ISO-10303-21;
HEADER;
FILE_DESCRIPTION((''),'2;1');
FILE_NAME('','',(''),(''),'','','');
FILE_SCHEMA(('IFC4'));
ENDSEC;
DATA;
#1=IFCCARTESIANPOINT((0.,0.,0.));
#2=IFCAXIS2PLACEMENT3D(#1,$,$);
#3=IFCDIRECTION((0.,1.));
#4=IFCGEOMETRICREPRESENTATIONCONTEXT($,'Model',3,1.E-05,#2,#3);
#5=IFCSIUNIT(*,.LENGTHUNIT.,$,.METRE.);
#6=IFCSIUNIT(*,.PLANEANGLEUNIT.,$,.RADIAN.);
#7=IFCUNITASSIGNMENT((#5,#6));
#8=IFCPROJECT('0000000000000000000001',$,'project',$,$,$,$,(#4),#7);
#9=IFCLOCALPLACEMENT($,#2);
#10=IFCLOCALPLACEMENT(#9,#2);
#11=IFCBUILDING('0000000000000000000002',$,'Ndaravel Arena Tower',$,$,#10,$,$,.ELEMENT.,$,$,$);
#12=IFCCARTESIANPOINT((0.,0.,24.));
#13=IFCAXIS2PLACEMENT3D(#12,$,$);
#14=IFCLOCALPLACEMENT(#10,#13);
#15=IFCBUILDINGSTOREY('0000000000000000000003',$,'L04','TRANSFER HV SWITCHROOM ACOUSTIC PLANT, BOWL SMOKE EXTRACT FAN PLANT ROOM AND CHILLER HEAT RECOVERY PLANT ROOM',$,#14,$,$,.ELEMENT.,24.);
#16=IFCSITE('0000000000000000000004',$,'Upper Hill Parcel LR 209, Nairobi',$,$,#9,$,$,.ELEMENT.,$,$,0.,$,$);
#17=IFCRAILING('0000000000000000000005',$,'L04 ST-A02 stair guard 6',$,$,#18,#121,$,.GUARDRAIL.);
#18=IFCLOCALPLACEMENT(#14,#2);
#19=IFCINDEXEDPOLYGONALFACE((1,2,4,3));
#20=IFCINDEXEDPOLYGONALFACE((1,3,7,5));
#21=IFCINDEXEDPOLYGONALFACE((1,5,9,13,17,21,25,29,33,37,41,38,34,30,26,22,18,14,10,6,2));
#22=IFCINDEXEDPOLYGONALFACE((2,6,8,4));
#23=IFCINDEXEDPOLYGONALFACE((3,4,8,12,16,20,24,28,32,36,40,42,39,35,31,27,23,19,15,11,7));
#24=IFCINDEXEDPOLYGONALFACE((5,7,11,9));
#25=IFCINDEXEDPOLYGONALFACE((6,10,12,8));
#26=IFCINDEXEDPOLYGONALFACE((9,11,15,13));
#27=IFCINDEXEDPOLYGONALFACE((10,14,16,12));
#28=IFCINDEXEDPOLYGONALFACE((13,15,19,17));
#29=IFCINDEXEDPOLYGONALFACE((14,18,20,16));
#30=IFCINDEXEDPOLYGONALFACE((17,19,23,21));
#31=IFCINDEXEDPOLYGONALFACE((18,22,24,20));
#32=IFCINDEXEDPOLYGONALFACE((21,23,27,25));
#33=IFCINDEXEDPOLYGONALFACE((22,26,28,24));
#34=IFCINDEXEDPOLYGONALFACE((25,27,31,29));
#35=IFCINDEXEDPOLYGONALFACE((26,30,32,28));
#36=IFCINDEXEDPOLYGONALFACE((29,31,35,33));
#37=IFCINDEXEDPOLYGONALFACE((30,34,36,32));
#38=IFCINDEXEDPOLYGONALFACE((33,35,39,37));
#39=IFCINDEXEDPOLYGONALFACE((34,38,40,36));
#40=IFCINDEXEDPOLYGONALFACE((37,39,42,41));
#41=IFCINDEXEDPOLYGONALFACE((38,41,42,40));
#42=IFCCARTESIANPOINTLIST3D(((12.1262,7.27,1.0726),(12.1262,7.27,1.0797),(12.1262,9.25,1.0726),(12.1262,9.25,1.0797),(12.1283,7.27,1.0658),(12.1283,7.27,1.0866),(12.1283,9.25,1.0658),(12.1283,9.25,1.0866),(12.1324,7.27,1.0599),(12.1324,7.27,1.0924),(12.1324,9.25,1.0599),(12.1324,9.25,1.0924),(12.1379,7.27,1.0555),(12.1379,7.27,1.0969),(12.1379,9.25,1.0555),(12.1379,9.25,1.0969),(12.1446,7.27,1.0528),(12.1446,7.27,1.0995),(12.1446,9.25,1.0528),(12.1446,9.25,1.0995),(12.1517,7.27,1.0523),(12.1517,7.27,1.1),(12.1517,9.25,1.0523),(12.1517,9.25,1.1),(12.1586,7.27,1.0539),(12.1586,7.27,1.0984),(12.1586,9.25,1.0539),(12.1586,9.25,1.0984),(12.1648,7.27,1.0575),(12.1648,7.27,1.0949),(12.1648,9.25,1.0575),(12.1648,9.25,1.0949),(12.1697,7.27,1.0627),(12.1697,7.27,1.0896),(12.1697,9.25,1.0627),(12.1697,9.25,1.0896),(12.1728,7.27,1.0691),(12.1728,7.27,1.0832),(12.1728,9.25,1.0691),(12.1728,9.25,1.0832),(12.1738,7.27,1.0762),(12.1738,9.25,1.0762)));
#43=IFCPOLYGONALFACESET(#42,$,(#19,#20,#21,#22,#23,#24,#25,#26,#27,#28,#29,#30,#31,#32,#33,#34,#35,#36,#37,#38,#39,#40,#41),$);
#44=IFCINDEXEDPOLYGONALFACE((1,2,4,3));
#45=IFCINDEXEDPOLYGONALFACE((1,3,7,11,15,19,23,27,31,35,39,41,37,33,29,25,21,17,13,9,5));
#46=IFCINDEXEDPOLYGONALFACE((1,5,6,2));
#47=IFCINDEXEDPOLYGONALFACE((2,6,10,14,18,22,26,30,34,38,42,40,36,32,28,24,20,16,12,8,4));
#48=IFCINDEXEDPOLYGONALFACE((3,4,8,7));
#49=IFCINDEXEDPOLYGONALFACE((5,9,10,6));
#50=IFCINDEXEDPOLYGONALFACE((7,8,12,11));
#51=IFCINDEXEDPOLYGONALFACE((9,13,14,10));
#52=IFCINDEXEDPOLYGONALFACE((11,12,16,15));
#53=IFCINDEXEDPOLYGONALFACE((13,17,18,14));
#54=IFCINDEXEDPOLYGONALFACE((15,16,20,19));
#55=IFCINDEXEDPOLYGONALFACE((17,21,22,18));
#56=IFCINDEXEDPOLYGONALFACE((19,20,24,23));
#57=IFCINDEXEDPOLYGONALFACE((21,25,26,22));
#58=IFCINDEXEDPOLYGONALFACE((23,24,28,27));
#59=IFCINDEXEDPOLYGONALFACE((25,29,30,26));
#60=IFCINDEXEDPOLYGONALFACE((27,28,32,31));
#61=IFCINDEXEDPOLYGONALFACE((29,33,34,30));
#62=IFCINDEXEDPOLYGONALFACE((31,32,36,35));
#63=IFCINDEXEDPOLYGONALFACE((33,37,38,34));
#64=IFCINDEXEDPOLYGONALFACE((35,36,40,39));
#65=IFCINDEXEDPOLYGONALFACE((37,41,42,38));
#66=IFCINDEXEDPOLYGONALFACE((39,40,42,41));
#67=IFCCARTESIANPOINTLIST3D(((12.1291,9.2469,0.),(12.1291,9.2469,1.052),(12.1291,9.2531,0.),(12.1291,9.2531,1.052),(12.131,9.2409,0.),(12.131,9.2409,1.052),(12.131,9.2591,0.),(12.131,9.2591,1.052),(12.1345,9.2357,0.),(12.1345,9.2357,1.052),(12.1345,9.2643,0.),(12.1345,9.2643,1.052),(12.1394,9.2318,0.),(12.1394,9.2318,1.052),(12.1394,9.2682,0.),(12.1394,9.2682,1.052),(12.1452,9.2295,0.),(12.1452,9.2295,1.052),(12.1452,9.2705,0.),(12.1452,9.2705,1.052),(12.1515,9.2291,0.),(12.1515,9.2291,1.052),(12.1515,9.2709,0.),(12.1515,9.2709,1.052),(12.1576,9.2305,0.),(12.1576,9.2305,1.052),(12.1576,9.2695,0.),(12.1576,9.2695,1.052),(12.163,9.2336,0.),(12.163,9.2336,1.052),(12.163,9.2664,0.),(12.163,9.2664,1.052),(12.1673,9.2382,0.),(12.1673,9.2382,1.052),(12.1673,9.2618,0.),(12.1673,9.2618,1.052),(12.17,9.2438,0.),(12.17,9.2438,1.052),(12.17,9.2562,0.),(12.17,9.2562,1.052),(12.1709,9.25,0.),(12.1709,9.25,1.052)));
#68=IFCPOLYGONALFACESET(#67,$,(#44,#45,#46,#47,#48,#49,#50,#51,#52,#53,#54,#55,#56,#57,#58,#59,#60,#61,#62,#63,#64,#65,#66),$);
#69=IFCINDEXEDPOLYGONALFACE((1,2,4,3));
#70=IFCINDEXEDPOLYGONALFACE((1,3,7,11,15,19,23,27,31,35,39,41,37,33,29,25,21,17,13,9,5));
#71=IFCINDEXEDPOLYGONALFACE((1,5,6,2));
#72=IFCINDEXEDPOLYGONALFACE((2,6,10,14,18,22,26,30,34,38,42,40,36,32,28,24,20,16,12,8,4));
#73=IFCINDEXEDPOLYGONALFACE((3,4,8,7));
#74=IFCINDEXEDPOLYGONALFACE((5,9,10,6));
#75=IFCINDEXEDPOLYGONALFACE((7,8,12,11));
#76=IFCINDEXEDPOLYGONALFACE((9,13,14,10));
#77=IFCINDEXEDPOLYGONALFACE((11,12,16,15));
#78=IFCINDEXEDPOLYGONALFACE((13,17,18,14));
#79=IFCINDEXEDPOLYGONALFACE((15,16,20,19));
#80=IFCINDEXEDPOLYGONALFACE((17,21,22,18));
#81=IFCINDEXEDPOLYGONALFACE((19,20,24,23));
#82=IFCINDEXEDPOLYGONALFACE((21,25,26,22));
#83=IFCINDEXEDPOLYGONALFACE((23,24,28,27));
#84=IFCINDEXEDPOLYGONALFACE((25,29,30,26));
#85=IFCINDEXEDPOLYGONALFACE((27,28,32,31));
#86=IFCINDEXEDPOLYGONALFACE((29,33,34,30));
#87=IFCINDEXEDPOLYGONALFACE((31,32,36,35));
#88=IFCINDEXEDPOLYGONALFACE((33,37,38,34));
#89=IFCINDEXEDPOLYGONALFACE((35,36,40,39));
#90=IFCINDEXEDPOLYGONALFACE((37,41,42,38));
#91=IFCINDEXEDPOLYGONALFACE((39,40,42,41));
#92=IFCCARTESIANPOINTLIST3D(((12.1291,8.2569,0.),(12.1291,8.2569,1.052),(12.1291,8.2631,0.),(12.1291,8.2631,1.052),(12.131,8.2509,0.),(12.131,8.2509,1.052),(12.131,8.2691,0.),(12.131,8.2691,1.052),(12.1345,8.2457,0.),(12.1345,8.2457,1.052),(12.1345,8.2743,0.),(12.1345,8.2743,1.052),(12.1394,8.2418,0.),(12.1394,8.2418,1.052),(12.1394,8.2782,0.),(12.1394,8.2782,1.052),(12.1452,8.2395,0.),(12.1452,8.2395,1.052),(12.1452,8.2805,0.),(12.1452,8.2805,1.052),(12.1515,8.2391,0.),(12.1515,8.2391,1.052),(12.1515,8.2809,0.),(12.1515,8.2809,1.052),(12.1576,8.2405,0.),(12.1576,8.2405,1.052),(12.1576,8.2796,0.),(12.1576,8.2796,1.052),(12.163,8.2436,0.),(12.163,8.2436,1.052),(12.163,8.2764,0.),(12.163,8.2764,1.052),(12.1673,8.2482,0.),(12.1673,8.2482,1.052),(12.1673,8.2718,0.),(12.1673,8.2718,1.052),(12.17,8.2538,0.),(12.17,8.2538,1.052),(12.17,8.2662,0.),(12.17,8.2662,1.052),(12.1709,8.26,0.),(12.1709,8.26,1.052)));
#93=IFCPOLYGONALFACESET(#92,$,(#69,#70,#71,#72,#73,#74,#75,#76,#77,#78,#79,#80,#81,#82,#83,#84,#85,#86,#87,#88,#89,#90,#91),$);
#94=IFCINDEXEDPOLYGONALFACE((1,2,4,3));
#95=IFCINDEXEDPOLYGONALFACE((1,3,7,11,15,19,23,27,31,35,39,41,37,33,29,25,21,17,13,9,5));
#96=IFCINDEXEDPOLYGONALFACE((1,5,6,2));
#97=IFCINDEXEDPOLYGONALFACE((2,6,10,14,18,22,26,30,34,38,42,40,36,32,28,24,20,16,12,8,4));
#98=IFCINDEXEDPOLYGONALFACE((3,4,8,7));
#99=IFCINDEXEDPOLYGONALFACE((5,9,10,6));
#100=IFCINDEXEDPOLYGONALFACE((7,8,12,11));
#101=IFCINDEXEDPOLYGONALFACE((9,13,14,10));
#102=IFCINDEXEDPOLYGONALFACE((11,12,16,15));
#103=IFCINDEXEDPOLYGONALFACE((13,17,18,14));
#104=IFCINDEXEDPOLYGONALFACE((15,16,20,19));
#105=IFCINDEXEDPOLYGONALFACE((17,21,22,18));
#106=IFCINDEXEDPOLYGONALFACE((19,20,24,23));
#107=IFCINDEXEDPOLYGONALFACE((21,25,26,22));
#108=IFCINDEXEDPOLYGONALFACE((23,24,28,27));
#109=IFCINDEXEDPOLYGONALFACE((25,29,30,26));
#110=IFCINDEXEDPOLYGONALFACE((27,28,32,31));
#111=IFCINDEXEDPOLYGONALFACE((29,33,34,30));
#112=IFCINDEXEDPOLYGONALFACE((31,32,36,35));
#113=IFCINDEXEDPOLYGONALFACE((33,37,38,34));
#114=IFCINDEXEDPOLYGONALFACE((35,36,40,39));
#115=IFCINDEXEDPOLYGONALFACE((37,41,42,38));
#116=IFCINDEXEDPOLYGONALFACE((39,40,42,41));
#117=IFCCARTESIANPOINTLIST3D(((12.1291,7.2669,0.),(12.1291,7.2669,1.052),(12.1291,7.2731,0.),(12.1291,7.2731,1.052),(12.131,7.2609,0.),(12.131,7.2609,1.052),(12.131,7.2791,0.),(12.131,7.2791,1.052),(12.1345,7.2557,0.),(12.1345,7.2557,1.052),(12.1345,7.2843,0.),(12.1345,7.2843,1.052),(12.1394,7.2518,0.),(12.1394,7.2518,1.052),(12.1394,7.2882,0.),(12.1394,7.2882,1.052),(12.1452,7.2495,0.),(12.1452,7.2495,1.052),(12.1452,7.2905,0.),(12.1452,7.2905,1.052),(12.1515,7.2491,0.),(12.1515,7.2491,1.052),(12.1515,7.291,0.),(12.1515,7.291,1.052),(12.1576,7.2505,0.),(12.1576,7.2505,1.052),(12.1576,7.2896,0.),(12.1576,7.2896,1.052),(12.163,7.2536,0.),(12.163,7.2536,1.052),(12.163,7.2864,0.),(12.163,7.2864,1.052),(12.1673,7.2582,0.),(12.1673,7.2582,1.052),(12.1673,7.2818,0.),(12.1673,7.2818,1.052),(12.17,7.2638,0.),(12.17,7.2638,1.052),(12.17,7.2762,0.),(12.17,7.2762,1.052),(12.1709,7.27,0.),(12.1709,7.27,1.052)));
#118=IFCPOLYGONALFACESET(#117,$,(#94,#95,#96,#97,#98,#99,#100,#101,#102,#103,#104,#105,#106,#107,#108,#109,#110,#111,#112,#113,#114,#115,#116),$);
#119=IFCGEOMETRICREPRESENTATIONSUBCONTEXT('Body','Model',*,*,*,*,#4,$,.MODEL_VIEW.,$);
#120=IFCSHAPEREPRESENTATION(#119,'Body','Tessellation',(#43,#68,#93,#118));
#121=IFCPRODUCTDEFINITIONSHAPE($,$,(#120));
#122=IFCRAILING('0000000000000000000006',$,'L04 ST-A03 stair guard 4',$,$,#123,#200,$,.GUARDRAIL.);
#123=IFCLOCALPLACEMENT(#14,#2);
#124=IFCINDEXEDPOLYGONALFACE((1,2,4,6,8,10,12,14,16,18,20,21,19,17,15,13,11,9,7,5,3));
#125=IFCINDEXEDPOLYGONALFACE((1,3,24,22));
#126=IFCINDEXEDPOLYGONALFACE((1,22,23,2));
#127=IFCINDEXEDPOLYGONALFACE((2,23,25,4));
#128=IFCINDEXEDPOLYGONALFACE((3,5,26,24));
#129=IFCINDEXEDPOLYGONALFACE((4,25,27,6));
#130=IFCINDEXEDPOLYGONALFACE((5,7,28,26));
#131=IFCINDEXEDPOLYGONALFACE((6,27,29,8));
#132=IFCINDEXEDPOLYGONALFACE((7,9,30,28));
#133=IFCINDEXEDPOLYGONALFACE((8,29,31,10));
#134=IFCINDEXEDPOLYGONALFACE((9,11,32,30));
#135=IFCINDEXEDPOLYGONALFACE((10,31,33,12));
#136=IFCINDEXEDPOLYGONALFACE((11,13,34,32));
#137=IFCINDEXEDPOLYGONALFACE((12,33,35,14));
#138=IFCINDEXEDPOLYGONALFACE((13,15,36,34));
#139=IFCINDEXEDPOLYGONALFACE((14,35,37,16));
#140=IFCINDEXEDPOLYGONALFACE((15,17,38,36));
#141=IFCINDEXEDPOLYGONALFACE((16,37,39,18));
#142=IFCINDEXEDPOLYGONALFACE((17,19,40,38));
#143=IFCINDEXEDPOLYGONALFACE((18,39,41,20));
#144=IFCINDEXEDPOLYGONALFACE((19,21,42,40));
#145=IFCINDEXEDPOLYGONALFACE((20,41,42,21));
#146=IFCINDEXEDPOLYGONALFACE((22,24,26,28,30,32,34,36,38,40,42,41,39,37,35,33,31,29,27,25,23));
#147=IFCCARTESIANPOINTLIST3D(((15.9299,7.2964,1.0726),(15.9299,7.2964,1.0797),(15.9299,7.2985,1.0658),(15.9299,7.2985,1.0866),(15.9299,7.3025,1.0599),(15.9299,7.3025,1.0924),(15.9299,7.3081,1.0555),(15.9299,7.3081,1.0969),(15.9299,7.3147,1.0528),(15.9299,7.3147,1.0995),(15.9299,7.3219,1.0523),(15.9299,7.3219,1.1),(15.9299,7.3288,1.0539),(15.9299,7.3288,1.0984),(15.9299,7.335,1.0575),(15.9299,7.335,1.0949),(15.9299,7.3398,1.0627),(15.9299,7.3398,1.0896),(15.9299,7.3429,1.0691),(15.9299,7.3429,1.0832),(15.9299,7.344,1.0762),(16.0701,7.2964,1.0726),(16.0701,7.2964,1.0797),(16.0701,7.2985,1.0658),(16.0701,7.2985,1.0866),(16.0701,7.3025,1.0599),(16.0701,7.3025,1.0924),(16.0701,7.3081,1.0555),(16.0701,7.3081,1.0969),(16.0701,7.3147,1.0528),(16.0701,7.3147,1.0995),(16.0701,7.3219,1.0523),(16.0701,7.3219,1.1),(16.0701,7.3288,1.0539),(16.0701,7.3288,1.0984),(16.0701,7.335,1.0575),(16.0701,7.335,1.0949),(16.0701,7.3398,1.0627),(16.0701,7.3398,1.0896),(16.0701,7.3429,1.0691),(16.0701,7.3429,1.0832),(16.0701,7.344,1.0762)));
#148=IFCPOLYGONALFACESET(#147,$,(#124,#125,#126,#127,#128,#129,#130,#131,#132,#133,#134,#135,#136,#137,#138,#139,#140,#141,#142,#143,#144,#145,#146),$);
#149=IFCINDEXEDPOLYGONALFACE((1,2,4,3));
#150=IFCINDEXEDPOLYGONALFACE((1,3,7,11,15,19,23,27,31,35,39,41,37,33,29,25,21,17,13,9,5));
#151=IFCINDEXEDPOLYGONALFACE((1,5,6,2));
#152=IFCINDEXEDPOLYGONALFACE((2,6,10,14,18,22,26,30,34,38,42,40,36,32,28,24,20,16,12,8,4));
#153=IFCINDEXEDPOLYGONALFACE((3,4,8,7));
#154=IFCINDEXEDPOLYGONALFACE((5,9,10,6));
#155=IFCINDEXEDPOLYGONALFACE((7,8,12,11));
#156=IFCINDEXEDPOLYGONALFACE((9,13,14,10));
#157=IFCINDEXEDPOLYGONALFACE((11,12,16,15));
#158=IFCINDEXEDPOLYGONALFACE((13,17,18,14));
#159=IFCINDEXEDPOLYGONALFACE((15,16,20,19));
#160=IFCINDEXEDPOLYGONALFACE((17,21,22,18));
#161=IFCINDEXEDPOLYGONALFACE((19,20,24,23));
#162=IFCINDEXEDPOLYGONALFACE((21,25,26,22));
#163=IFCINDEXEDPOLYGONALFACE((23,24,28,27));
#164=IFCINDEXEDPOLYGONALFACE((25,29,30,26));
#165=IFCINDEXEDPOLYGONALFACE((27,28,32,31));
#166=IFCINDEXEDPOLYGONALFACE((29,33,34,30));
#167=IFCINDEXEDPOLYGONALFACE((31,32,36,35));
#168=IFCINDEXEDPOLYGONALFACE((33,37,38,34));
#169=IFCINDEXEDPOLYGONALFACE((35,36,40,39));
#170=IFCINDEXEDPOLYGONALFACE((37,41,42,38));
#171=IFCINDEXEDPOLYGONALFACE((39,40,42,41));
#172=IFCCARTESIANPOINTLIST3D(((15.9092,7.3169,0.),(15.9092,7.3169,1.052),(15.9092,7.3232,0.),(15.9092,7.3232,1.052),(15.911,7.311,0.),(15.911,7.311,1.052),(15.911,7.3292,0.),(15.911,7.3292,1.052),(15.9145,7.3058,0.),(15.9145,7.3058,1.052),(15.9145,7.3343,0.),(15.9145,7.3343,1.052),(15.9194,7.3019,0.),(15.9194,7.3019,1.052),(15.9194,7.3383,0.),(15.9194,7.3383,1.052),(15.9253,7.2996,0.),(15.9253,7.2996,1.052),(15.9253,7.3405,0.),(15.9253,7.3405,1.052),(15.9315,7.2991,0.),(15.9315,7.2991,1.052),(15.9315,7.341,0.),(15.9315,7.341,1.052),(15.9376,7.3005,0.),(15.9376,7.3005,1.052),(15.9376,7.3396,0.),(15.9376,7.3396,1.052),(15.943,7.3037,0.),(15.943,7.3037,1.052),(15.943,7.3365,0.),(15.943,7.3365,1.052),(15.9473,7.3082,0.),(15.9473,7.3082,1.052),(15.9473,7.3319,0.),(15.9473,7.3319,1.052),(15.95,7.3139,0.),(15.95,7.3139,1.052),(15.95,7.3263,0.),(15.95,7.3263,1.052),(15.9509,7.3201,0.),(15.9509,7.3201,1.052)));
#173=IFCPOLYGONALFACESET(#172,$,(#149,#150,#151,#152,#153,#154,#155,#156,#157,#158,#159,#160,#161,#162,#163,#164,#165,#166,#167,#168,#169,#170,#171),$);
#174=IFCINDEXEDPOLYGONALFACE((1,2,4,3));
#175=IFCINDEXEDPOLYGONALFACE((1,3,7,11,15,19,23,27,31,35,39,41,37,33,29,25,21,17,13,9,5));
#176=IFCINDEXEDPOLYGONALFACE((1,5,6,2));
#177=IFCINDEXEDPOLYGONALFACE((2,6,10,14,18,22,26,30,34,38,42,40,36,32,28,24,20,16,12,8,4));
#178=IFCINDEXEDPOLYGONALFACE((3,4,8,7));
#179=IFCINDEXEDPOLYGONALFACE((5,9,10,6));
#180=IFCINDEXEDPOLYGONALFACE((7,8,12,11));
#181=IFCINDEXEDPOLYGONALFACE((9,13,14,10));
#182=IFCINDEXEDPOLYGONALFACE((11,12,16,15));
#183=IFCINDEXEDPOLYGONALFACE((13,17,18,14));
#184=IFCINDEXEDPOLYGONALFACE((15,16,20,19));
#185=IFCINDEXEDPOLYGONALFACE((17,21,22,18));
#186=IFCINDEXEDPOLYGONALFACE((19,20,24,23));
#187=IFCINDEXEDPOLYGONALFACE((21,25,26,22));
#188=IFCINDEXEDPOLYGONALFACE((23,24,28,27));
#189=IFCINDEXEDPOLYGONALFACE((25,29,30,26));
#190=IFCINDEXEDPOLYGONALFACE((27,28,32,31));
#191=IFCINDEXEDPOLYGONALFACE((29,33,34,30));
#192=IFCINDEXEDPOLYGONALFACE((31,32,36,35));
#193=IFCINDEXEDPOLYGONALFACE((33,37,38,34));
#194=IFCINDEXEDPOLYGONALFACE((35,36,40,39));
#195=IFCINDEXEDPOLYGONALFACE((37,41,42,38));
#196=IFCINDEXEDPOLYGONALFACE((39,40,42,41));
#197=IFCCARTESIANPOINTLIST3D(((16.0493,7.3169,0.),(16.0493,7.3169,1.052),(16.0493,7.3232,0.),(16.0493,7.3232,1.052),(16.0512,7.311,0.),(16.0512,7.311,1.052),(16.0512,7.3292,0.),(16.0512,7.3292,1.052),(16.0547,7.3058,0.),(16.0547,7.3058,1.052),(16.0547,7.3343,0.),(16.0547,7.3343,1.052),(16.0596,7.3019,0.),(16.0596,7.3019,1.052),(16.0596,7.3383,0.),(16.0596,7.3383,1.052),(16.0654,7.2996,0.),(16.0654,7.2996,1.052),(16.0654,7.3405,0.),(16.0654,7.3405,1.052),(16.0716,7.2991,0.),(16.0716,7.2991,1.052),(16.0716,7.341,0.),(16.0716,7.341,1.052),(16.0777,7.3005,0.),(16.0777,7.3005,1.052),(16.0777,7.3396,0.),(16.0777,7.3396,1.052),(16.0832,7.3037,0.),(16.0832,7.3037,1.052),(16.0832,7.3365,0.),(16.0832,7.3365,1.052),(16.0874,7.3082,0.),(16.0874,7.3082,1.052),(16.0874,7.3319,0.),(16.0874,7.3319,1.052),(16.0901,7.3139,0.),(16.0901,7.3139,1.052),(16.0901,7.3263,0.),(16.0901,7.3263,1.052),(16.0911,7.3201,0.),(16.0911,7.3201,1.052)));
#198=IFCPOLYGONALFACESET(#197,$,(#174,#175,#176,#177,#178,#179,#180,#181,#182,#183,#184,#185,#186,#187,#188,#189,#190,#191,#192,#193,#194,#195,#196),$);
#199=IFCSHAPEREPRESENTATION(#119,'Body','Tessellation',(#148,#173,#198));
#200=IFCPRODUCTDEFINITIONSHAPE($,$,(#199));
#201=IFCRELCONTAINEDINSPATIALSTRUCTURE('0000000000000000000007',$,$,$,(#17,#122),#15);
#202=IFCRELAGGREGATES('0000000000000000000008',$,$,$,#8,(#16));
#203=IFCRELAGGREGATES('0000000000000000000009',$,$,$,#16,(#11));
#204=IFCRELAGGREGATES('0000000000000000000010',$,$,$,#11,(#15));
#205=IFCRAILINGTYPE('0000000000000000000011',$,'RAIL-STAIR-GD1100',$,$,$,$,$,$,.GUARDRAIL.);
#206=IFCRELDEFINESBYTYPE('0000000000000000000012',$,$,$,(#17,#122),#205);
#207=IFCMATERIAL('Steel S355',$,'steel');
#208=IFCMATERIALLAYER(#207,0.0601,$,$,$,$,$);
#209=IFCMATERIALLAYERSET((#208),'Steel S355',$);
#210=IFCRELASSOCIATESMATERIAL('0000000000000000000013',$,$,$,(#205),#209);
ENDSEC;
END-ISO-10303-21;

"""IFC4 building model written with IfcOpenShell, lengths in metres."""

from ifc_helpers import new_model, si_unit, direction, frame, origin, origin_2d, place, context, subcontext, project, spatial, circle, extrude, material, layer, layer_set, type_object, element, save


model = new_model("IFC4")

# Units and contexts
model_context = context("Model", 3, precision=1e-05, world=origin(), true_north=direction((0.0, 1.0)))
body_context = subcontext(model_context, "Body", "Model", "MODEL_VIEW")
ifc_project = project(units=[si_unit("LENGTHUNIT", "METRE"), si_unit("PLANEANGLEUNIT", "RADIAN")], contexts=[model_context])

# Site, building, storey
site_placement = place(None, origin())
site = spatial("IfcSite", under=ifc_project, at=site_placement, Name="Upper Hill Parcel LR 209, Nairobi", CompositionType="ELEMENT", RefElevation=0.0)
building_placement = place(site_placement, origin())
building = spatial("IfcBuilding", under=site, at=building_placement, Name="Ndaravel Arena Tower", CompositionType="ELEMENT")
storey_placement = place(building_placement, frame((0.0, 0.0, 24.0)))
storey = spatial("IfcBuildingStorey", under=building, at=storey_placement, Name="L04", Description="TRANSFER HV SWITCHROOM ACOUSTIC PLANT, BOWL SMOKE EXTRACT FAN PLANT ROOM AND CHILLER HEAT RECOVERY PLANT ROOM", CompositionType="ELEMENT", Elevation=24.0)

# Railings
ifc_material_1 = material(Name="Steel S355", Category="steel")
ifc_layer_1 = layer(ifc_material_1, 0.0601)
ifc_layer_set_1 = layer_set([ifc_layer_1], Name="Steel S355")
railing_type = type_object("IfcRailingType", Name="RAIL-STAIR-GD1100", PredefinedType="GUARDRAIL", material=ifc_layer_set_1)
for number, where, name in (
    (1, (12.1499, 9.25, 0.0), "L04 ST-A02 stair guard 6"),
):
    element("IfcRailing", number, at=place(storey_placement, frame(where)), inside=storey, type_object=railing_type, Name=name, PredefinedType="GUARDRAIL", context=body_context, shape_type="SweptSolid", body=[
        extrude(circle(Radius=0.0239, at=origin_2d()), frame((0.0, 0.0, 1.0762), z_axis=(0.0, -1.0, 0.0), x_axis=(1.0, 0.0, 0.0)), (0.0, 0.0, 1.0), 1.98),
        extrude(circle(Radius=0.021, at=origin_2d()), origin(), (0.0, 0.0, 1.0), 1.052),
        extrude(circle(Radius=0.021, at=origin_2d()), frame((0.0, -0.99, 0.0)), (0.0, 0.0, 1.0), 1.052),
        extrude(circle(Radius=0.021, at=origin_2d()), frame((0.0, -1.98, 0.0)), (0.0, 0.0, 1.0), 1.052),
    ])
railing_1_placement = place(storey_placement, frame((15.9299, 7.3201, 0.0)))
element("IfcRailing", 2, at=railing_1_placement, inside=storey, type_object=railing_type, Name="L04 ST-A03 stair guard 4", PredefinedType="GUARDRAIL", context=body_context, shape_type="SweptSolid", body=[
    extrude(circle(Radius=0.0239, at=origin_2d()), frame((0.0, 0.0, 1.0762), z_axis=(1.0, 0.0, 0.0), x_axis=(0.0, 1.0, 0.0)), (0.0, 0.0, 1.0), 0.1401),
    extrude(circle(Radius=0.021, at=origin_2d()), origin(), (0.0, 0.0, 1.0), 1.052),
    extrude(circle(Radius=0.021, at=origin_2d()), frame((0.1401, 0.0, 0.0)), (0.0, 0.0, 1.0), 1.052),
])

save(model, "model.ifc")
